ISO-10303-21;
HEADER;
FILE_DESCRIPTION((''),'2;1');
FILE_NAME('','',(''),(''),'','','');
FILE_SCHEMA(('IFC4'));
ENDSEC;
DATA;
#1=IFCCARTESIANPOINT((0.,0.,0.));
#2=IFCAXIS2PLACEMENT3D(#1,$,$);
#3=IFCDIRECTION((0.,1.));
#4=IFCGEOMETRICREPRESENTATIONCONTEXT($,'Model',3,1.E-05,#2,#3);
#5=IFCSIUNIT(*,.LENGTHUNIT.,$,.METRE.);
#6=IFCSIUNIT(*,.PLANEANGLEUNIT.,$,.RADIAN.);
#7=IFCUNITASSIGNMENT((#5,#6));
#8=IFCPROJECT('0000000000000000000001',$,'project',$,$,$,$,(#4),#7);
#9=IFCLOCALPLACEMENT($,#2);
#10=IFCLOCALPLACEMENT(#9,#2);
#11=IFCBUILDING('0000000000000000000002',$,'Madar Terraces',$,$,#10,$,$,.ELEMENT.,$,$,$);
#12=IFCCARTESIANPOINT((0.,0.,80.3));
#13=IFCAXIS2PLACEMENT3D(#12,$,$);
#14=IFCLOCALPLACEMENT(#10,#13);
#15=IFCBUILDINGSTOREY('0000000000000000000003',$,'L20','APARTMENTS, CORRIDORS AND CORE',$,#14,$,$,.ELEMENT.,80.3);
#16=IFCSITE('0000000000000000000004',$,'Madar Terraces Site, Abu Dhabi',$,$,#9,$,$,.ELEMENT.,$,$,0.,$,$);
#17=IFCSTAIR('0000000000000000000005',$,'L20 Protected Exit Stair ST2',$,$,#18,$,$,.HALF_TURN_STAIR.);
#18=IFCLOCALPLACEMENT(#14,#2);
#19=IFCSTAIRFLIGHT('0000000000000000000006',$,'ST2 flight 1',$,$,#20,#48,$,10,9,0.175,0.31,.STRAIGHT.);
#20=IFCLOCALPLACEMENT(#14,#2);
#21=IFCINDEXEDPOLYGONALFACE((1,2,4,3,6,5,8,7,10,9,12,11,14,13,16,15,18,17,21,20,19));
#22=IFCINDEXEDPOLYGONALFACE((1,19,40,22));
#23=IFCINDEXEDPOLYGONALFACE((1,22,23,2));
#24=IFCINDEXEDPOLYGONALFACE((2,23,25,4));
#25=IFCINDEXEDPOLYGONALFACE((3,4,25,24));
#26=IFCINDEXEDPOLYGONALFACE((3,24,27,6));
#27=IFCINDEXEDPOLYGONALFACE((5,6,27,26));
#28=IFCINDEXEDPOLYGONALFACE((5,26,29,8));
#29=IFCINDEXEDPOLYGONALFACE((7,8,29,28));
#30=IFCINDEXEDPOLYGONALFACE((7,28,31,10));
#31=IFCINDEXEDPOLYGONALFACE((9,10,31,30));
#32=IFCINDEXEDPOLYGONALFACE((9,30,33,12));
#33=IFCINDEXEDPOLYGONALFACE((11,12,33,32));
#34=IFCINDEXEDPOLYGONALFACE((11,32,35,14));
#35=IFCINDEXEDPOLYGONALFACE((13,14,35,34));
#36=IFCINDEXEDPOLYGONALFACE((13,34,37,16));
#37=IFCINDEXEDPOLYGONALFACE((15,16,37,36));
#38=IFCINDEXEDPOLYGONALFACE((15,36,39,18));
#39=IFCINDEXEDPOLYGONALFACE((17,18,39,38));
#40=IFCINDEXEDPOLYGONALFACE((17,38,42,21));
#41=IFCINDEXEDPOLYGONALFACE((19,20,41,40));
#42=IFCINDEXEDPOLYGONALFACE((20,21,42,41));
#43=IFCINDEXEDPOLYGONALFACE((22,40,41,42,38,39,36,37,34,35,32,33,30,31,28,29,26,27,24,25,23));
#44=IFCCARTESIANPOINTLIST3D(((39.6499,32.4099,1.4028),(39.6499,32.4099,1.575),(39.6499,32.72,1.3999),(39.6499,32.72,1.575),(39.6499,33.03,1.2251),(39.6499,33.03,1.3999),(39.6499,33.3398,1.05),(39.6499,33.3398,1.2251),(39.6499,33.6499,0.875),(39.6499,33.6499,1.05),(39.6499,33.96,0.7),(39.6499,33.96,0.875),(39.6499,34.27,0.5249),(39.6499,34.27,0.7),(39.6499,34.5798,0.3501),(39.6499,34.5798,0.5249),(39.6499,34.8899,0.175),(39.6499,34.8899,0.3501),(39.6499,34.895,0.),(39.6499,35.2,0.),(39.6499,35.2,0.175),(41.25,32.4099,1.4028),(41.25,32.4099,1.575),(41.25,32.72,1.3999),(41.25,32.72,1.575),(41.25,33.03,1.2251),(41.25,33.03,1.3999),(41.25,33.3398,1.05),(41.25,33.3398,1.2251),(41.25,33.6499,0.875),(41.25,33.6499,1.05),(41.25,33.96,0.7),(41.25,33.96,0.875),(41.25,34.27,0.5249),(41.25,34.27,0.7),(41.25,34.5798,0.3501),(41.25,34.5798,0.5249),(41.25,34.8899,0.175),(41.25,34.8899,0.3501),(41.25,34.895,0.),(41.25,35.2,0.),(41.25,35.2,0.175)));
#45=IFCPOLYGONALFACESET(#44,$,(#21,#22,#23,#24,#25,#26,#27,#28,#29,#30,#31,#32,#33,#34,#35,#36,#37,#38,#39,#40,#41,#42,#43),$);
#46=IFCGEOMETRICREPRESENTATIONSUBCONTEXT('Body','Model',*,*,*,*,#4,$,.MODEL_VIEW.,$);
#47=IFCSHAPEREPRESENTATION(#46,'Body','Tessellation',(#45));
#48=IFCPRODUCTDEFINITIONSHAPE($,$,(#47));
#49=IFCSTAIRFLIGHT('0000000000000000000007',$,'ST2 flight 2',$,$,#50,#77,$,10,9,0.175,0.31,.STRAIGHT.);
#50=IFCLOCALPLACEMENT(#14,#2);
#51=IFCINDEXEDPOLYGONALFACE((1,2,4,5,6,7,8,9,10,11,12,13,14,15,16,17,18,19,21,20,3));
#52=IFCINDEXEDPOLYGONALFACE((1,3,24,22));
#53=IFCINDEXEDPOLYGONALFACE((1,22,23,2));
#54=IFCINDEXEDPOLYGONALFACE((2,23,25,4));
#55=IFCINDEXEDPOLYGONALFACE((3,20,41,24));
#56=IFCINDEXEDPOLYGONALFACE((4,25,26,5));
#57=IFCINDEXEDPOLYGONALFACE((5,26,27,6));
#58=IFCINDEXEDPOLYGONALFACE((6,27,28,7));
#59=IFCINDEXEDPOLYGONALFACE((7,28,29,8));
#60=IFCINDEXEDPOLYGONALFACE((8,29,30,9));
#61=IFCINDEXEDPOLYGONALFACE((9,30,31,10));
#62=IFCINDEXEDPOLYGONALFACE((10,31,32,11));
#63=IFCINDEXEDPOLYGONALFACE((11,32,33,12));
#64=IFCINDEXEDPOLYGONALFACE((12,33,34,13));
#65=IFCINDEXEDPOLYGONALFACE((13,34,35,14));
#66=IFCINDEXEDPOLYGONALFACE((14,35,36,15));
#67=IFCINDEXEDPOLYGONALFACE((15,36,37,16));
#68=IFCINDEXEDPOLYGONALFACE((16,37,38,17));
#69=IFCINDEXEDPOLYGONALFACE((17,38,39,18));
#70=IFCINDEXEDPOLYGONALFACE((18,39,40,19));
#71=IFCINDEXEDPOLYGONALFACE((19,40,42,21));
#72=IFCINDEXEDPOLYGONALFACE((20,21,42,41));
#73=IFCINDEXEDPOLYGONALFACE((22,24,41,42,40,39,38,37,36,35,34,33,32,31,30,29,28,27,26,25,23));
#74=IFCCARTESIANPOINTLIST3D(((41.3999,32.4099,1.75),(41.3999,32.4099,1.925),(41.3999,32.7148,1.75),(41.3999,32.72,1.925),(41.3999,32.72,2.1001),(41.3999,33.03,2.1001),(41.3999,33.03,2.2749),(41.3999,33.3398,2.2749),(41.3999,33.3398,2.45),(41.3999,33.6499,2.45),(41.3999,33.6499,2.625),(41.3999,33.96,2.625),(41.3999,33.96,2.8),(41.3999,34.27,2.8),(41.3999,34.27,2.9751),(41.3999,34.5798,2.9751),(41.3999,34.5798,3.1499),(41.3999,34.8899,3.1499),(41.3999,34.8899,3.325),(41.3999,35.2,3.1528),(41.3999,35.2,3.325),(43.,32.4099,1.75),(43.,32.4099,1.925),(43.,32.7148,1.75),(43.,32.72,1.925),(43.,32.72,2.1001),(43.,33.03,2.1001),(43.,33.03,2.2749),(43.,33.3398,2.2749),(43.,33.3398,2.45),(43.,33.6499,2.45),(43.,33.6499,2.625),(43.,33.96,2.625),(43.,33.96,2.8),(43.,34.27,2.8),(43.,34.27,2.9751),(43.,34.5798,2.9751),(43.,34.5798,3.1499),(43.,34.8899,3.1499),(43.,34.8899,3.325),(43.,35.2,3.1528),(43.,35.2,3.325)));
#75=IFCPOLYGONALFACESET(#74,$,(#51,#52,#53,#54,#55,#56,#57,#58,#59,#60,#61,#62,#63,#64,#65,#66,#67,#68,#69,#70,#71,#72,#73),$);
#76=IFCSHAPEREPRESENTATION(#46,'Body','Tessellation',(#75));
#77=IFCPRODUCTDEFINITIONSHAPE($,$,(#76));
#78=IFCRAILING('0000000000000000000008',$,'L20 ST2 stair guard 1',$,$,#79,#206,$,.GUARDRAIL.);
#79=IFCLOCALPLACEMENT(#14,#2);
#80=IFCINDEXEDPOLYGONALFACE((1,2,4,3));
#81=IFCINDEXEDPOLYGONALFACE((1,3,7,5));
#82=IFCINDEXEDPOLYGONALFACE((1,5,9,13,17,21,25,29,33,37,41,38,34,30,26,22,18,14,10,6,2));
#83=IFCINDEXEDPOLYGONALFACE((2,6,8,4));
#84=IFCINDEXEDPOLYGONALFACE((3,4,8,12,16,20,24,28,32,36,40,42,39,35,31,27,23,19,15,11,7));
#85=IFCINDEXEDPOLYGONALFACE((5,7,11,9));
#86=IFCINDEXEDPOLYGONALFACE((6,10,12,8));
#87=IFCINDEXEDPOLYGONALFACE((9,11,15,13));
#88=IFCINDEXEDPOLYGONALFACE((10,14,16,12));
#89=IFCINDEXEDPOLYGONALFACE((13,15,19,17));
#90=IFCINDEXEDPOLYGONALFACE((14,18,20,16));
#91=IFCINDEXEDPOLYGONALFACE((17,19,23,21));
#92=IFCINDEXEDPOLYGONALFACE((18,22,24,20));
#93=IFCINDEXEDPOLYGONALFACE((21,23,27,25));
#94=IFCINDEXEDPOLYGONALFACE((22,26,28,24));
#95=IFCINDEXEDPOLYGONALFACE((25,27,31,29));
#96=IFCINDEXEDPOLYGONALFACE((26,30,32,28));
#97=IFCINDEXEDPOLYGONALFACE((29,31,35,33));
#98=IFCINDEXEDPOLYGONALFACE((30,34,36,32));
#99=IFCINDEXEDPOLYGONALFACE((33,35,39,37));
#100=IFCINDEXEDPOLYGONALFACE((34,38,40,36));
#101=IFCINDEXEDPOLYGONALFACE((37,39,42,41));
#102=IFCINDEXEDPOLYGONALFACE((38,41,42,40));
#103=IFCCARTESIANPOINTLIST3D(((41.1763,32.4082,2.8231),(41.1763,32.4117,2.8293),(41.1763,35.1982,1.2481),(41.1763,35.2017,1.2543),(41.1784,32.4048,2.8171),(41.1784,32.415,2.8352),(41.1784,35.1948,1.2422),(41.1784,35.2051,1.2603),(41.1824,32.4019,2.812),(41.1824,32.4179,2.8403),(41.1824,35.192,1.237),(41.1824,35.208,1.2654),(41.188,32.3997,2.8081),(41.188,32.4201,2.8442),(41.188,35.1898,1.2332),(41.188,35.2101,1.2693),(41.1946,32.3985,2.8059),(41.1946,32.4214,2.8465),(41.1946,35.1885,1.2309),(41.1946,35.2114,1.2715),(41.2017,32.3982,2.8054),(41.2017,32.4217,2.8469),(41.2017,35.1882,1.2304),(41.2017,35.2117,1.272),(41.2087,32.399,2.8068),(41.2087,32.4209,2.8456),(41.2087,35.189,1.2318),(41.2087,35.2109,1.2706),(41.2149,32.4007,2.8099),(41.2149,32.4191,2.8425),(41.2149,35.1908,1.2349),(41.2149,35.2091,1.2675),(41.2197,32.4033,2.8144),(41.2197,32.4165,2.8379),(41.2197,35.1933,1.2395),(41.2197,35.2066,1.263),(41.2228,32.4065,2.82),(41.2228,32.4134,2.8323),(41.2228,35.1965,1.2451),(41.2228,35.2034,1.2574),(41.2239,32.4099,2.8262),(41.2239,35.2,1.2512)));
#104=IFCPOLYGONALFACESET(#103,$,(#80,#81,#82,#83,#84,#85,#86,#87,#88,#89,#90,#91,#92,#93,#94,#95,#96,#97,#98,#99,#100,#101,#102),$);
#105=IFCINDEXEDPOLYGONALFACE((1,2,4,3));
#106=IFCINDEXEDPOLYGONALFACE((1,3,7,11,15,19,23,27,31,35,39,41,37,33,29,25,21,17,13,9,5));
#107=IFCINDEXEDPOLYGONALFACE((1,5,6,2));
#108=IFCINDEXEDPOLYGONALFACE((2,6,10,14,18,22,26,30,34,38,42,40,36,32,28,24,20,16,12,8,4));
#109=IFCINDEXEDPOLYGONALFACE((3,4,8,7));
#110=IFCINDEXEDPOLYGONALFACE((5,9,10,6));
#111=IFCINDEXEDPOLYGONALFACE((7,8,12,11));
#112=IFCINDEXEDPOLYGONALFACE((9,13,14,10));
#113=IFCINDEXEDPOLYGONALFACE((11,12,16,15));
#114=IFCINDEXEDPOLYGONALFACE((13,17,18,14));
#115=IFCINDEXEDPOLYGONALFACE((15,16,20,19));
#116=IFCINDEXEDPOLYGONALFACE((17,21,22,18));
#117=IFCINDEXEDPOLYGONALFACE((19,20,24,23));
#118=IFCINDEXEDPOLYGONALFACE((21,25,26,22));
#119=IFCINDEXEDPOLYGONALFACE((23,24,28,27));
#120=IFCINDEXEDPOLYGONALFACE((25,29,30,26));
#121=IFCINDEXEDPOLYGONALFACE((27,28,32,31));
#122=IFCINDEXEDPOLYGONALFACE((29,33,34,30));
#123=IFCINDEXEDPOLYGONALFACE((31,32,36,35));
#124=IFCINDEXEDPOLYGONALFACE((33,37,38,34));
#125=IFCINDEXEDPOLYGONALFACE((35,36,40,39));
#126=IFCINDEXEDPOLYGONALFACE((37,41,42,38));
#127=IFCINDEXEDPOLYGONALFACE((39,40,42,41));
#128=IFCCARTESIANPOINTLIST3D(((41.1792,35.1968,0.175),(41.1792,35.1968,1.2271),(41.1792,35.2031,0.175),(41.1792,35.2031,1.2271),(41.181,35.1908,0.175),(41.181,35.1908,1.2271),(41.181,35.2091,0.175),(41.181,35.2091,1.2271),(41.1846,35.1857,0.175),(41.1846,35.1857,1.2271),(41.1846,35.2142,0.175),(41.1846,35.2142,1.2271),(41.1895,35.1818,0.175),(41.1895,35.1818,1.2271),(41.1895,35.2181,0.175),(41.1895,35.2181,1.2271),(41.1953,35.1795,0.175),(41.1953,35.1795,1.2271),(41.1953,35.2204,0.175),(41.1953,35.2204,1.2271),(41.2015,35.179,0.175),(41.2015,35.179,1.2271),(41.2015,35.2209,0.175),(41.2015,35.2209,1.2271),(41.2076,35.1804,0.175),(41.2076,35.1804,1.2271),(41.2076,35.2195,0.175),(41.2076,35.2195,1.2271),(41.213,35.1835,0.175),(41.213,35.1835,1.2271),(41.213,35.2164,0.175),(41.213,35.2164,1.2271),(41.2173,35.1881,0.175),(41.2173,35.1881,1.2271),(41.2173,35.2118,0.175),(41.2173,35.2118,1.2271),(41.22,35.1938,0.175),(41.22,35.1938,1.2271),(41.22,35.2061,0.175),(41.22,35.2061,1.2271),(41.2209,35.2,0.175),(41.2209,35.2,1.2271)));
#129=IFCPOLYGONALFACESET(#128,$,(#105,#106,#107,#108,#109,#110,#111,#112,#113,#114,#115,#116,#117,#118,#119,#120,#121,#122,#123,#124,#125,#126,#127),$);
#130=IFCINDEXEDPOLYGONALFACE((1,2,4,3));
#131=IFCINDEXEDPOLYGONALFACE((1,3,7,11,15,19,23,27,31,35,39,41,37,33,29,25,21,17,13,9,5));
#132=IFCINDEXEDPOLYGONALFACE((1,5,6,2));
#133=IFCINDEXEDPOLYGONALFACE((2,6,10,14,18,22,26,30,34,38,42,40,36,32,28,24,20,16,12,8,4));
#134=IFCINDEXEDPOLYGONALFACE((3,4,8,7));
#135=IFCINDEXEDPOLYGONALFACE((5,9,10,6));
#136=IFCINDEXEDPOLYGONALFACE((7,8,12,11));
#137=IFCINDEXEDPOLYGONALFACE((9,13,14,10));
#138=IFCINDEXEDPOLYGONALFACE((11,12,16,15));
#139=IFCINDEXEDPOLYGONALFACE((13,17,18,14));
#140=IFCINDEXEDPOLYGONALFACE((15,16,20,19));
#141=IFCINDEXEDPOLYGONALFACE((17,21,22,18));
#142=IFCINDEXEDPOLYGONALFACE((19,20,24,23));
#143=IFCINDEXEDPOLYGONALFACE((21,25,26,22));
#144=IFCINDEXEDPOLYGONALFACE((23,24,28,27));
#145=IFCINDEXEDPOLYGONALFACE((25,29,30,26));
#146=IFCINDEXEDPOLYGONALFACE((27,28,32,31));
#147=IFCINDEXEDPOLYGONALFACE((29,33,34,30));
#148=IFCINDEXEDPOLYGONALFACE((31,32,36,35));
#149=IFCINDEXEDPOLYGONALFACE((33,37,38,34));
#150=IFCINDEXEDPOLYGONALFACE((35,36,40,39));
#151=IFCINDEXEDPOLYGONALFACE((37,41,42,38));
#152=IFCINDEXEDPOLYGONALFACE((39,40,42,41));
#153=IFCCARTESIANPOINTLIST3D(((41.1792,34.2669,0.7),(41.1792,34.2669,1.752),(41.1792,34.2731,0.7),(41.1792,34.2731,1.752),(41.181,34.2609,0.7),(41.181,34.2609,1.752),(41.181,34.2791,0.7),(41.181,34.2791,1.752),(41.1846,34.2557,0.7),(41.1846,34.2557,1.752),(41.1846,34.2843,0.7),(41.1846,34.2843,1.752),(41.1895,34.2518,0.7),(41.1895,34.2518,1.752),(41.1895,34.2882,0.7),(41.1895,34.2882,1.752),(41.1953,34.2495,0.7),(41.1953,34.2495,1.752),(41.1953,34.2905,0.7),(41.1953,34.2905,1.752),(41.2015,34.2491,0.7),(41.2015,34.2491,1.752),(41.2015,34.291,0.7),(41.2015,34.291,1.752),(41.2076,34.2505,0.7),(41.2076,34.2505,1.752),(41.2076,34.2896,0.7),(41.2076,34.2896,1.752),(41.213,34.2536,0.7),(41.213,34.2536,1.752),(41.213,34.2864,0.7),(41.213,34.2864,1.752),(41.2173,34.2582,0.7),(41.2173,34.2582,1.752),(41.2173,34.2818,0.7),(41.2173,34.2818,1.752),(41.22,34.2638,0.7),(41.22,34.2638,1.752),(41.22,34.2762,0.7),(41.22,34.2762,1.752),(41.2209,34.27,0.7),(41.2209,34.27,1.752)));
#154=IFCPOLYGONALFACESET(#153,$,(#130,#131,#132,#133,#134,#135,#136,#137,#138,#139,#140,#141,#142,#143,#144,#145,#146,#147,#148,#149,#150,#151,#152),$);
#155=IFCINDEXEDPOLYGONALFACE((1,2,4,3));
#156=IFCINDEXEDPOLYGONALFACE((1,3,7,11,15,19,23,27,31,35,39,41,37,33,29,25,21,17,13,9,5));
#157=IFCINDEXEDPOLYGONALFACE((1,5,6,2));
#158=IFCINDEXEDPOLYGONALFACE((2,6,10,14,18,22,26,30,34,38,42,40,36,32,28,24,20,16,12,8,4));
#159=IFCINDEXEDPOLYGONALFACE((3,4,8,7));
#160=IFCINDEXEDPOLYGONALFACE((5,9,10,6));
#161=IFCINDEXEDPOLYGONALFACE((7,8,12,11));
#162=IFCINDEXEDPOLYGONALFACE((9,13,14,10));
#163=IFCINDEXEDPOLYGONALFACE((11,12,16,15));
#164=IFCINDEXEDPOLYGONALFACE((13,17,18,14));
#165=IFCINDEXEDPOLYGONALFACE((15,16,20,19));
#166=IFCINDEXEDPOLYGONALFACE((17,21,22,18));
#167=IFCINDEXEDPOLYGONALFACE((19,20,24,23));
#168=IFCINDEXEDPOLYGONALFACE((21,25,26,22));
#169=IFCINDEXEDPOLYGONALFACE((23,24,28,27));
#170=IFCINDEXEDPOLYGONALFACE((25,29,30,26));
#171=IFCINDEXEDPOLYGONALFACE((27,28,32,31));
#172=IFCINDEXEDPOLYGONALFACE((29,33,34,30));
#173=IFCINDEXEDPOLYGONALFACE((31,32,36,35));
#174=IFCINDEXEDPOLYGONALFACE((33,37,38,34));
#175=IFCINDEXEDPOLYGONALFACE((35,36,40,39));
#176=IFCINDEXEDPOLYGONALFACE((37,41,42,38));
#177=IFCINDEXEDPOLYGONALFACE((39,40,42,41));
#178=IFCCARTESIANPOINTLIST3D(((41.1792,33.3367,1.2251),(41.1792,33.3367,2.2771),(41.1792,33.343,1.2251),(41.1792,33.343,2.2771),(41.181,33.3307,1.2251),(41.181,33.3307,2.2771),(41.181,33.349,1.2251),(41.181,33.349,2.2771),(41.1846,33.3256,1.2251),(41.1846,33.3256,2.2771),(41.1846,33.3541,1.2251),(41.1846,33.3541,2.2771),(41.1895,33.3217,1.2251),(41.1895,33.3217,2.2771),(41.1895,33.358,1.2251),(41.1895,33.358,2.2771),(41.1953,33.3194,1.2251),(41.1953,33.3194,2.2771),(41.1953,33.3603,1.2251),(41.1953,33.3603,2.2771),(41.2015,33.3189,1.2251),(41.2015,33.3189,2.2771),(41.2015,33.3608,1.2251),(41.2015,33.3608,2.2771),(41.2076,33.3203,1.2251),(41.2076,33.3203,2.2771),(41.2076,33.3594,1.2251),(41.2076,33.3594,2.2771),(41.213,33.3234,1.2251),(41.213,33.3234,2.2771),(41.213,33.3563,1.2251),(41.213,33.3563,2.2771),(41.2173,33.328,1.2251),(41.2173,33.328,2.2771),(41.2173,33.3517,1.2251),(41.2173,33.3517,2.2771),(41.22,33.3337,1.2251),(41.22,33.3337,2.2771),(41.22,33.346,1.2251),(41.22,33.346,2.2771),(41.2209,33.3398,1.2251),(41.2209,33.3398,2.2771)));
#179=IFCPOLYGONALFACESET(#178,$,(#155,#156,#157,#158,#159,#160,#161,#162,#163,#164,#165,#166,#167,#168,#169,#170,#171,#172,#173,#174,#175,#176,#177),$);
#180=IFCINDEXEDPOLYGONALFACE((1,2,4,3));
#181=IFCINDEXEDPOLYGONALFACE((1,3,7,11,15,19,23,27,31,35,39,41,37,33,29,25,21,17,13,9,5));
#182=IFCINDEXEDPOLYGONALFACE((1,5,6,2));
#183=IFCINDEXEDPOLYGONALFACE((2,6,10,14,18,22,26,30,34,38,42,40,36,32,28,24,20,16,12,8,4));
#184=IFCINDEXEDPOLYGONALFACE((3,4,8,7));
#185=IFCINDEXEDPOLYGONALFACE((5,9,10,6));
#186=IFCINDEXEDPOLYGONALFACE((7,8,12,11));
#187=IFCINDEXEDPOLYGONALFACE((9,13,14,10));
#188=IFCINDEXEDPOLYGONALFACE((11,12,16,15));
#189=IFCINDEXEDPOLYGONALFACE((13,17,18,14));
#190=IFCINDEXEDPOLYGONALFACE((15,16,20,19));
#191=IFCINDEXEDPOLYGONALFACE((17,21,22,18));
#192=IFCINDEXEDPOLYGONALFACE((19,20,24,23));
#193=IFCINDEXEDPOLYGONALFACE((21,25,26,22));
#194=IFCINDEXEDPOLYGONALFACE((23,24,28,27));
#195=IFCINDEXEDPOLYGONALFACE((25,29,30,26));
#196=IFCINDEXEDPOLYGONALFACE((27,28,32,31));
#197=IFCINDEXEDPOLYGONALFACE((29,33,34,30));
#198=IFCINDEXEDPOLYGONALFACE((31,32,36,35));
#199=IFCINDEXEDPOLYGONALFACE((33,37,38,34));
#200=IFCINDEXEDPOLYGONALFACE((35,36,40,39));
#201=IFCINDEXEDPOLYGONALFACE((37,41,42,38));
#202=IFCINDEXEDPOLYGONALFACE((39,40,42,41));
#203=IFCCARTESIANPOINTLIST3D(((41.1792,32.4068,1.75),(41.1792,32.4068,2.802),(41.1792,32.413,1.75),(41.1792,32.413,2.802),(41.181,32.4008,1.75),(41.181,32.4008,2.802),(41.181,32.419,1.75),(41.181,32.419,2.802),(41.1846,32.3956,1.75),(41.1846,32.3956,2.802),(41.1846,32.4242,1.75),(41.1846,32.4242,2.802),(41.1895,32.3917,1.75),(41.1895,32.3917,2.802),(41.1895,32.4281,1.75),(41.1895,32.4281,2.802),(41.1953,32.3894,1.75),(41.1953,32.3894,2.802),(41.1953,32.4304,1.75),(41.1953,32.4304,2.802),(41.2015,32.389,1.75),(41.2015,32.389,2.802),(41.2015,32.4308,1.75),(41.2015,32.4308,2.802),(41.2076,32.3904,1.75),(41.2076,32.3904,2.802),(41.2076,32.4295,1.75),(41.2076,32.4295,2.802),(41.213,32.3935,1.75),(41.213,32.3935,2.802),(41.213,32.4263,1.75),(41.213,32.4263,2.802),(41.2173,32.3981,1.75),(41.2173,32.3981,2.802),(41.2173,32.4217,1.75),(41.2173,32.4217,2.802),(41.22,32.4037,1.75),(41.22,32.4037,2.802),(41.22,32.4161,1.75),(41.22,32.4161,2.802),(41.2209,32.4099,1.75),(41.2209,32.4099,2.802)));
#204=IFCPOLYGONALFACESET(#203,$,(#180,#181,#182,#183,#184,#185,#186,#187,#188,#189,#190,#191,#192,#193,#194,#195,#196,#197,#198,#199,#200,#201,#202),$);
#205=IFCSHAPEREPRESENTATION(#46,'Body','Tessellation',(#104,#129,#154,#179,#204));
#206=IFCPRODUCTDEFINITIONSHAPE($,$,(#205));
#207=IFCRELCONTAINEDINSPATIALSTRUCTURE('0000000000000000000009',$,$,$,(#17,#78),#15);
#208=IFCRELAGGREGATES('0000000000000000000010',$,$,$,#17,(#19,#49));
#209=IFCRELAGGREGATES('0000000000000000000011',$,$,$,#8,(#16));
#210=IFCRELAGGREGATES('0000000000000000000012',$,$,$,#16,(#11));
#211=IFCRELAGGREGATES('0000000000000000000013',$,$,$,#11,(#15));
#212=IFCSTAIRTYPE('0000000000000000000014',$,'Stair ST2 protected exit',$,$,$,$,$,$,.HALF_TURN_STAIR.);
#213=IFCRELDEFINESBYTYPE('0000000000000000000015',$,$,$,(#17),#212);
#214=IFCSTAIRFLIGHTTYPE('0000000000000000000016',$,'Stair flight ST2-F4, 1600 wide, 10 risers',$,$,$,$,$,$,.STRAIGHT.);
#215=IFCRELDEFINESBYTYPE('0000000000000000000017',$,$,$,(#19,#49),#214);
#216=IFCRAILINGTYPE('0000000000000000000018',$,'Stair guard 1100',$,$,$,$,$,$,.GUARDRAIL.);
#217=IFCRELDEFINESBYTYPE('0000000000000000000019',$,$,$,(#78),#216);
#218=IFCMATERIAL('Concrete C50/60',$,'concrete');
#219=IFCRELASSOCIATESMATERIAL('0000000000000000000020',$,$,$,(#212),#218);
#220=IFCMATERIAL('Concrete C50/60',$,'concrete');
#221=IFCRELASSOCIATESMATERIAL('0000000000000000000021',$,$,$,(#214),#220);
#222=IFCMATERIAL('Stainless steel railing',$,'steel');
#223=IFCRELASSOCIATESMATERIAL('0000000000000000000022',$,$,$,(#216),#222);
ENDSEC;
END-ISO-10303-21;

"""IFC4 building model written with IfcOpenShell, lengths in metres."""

from ifc_helpers import new_model, si_unit, direction, frame, origin, origin_2d, place, context, subcontext, project, spatial, polyline, circle, outline, extrude, material, type_object, element, aggregate, save


model = new_model("IFC4")

# Units and contexts
model_context = context("Model", 3, precision=1e-05, world=origin(), true_north=direction((0.0, 1.0)))
body_context = subcontext(model_context, "Body", "Model", "MODEL_VIEW")
ifc_project = project(units=[si_unit("LENGTHUNIT", "METRE"), si_unit("PLANEANGLEUNIT", "RADIAN")], contexts=[model_context])

# Site, building, storey
site_placement = place(None, origin())
site = spatial("IfcSite", under=ifc_project, at=site_placement, Name="Madar Terraces Site, Abu Dhabi", CompositionType="ELEMENT", RefElevation=0.0)
building_placement = place(site_placement, origin())
building = spatial("IfcBuilding", under=site, at=building_placement, Name="Madar Terraces", CompositionType="ELEMENT")
storey_placement = place(building_placement, frame((0.0, 0.0, 80.3)))
storey = spatial("IfcBuildingStorey", under=building, at=storey_placement, Name="L20", Description="APARTMENTS, CORRIDORS AND CORE", CompositionType="ELEMENT", Elevation=80.3)

# Stair, stair flights
ifc_material_1 = material(Name="Concrete C50/60", Category="concrete")
stair_type = type_object("IfcStairType", Name="Stair ST2 protected exit", PredefinedType="HALF_TURN_STAIR", material=ifc_material_1)
stair_placement = place(storey_placement, origin())
stair = element("IfcStair", 1, at=stair_placement, inside=storey, type_object=stair_type, Name="L20 Protected Exit Stair ST2", PredefinedType="HALF_TURN_STAIR")
ifc_material_2 = material(Name="Concrete C50/60", Category="concrete")
stair_flight_type = type_object("IfcStairFlightType", Name="Stair flight ST2-F4, 1600 wide, 10 risers", PredefinedType="STRAIGHT", material=ifc_material_2)
stair_flight_1_placement = place(storey_placement, frame((40.45, 35.2, 0.0), z_axis=(0.0, 0.0, 1.0), x_axis=(0.0, -1.0, 0.0)))
stair_flight_1 = element("IfcStairFlight", 2, at=stair_flight_1_placement, type_object=stair_flight_type, Name="ST2 flight 1", NumberOfRisers=10, NumberOfTreads=9, PredefinedType="STRAIGHT", RiserHeight=0.175, TreadLength=0.31, context=body_context, shape_type="SweptSolid", body=[
    extrude(outline(polyline([(0.0, 0.0), (0.0, 0.175), (0.3101, 0.175), (0.3101, 0.3501), (0.6201, 0.3501), (0.6201, 0.5249), (0.9299, 0.5249), (0.9299, 0.7), (1.24, 0.7), (1.24, 0.875), (1.55, 0.875), (1.55, 1.05), (1.8601, 1.05), (1.8601, 1.2251), (2.1699, 1.2251), (2.1699, 1.3999), (2.48, 1.3999), (2.48, 1.575), (2.79, 1.575), (2.79, 1.75), (2.79, 1.4028), (0.3049, 0.0), (0.0, 0.0)])), frame((0.0, 0.8, 0.0), z_axis=(0.0, -1.0, 0.0), x_axis=(1.0, 0.0, 0.0)), (0.0, 0.0, 1.0), 1.6001),
])
stair_flight_2_placement = place(storey_placement, frame((42.2, 32.4099, 1.75), z_axis=(0.0, 0.0, 1.0), x_axis=(0.0, 1.0, 0.0)))
stair_flight_2 = element("IfcStairFlight", 3, at=stair_flight_2_placement, type_object=stair_flight_type, Name="ST2 flight 2", NumberOfRisers=10, NumberOfTreads=9, PredefinedType="STRAIGHT", RiserHeight=0.175, TreadLength=0.31, context=body_context, shape_type="SweptSolid", body=[
    extrude(outline(polyline([(0.0, 0.0), (0.0, 0.175), (0.3101, 0.175), (0.3101, 0.3501), (0.6201, 0.3501), (0.6201, 0.5249), (0.9299, 0.5249), (0.9299, 0.7), (1.24, 0.7), (1.24, 0.875), (1.55, 0.875), (1.55, 1.05), (1.8601, 1.05), (1.8601, 1.2251), (2.1699, 1.2251), (2.1699, 1.3999), (2.48, 1.3999), (2.48, 1.575), (2.79, 1.575), (2.79, 1.75), (2.79, 1.4028), (0.3049, 0.0), (0.0, 0.0)])), frame((0.0, 0.8, 0.0), z_axis=(0.0, -1.0, 0.0), x_axis=(1.0, 0.0, 0.0)), (0.0, 0.0, 1.0), 1.6001),
])
aggregate(stair, [stair_flight_1, stair_flight_2])

# Railing
ifc_material_3 = material(Name="Stainless steel railing", Category="steel")
railing_type_1 = type_object("IfcRailingType", Name="Stair guard 1100", PredefinedType="GUARDRAIL", material=ifc_material_3)
railing_1_placement = place(storey_placement, frame((41.2, 35.2, 0.175)))
element("IfcRailing", 4, at=railing_1_placement, inside=storey, type_object=railing_type_1, Name="L20 ST2 stair guard 1", PredefinedType="GUARDRAIL", context=body_context, shape_type="SweptSolid", body=[
    extrude(circle(Radius=0.0239, at=origin_2d()), frame((0.0, 0.0, 1.0762), z_axis=(0.0, -0.870834, 0.491578), x_axis=(1.0, 0.0, 0.0)), (0.0, 0.0, 1.0), 3.2039),
    extrude(circle(Radius=0.021, at=origin_2d()), origin(), (0.0, 0.0, 1.0), 1.052),
    extrude(circle(Radius=0.021, at=origin_2d()), frame((0.0, -0.9299, 0.5249)), (0.0, 0.0, 1.0), 1.052),
    extrude(circle(Radius=0.021, at=origin_2d()), frame((0.0, -1.8601, 1.05)), (0.0, 0.0, 1.0), 1.052),
    extrude(circle(Radius=0.021, at=origin_2d()), frame((0.0, -2.79, 1.575)), (0.0, 0.0, 1.0), 1.052),
])

save(model, "model.ifc")
